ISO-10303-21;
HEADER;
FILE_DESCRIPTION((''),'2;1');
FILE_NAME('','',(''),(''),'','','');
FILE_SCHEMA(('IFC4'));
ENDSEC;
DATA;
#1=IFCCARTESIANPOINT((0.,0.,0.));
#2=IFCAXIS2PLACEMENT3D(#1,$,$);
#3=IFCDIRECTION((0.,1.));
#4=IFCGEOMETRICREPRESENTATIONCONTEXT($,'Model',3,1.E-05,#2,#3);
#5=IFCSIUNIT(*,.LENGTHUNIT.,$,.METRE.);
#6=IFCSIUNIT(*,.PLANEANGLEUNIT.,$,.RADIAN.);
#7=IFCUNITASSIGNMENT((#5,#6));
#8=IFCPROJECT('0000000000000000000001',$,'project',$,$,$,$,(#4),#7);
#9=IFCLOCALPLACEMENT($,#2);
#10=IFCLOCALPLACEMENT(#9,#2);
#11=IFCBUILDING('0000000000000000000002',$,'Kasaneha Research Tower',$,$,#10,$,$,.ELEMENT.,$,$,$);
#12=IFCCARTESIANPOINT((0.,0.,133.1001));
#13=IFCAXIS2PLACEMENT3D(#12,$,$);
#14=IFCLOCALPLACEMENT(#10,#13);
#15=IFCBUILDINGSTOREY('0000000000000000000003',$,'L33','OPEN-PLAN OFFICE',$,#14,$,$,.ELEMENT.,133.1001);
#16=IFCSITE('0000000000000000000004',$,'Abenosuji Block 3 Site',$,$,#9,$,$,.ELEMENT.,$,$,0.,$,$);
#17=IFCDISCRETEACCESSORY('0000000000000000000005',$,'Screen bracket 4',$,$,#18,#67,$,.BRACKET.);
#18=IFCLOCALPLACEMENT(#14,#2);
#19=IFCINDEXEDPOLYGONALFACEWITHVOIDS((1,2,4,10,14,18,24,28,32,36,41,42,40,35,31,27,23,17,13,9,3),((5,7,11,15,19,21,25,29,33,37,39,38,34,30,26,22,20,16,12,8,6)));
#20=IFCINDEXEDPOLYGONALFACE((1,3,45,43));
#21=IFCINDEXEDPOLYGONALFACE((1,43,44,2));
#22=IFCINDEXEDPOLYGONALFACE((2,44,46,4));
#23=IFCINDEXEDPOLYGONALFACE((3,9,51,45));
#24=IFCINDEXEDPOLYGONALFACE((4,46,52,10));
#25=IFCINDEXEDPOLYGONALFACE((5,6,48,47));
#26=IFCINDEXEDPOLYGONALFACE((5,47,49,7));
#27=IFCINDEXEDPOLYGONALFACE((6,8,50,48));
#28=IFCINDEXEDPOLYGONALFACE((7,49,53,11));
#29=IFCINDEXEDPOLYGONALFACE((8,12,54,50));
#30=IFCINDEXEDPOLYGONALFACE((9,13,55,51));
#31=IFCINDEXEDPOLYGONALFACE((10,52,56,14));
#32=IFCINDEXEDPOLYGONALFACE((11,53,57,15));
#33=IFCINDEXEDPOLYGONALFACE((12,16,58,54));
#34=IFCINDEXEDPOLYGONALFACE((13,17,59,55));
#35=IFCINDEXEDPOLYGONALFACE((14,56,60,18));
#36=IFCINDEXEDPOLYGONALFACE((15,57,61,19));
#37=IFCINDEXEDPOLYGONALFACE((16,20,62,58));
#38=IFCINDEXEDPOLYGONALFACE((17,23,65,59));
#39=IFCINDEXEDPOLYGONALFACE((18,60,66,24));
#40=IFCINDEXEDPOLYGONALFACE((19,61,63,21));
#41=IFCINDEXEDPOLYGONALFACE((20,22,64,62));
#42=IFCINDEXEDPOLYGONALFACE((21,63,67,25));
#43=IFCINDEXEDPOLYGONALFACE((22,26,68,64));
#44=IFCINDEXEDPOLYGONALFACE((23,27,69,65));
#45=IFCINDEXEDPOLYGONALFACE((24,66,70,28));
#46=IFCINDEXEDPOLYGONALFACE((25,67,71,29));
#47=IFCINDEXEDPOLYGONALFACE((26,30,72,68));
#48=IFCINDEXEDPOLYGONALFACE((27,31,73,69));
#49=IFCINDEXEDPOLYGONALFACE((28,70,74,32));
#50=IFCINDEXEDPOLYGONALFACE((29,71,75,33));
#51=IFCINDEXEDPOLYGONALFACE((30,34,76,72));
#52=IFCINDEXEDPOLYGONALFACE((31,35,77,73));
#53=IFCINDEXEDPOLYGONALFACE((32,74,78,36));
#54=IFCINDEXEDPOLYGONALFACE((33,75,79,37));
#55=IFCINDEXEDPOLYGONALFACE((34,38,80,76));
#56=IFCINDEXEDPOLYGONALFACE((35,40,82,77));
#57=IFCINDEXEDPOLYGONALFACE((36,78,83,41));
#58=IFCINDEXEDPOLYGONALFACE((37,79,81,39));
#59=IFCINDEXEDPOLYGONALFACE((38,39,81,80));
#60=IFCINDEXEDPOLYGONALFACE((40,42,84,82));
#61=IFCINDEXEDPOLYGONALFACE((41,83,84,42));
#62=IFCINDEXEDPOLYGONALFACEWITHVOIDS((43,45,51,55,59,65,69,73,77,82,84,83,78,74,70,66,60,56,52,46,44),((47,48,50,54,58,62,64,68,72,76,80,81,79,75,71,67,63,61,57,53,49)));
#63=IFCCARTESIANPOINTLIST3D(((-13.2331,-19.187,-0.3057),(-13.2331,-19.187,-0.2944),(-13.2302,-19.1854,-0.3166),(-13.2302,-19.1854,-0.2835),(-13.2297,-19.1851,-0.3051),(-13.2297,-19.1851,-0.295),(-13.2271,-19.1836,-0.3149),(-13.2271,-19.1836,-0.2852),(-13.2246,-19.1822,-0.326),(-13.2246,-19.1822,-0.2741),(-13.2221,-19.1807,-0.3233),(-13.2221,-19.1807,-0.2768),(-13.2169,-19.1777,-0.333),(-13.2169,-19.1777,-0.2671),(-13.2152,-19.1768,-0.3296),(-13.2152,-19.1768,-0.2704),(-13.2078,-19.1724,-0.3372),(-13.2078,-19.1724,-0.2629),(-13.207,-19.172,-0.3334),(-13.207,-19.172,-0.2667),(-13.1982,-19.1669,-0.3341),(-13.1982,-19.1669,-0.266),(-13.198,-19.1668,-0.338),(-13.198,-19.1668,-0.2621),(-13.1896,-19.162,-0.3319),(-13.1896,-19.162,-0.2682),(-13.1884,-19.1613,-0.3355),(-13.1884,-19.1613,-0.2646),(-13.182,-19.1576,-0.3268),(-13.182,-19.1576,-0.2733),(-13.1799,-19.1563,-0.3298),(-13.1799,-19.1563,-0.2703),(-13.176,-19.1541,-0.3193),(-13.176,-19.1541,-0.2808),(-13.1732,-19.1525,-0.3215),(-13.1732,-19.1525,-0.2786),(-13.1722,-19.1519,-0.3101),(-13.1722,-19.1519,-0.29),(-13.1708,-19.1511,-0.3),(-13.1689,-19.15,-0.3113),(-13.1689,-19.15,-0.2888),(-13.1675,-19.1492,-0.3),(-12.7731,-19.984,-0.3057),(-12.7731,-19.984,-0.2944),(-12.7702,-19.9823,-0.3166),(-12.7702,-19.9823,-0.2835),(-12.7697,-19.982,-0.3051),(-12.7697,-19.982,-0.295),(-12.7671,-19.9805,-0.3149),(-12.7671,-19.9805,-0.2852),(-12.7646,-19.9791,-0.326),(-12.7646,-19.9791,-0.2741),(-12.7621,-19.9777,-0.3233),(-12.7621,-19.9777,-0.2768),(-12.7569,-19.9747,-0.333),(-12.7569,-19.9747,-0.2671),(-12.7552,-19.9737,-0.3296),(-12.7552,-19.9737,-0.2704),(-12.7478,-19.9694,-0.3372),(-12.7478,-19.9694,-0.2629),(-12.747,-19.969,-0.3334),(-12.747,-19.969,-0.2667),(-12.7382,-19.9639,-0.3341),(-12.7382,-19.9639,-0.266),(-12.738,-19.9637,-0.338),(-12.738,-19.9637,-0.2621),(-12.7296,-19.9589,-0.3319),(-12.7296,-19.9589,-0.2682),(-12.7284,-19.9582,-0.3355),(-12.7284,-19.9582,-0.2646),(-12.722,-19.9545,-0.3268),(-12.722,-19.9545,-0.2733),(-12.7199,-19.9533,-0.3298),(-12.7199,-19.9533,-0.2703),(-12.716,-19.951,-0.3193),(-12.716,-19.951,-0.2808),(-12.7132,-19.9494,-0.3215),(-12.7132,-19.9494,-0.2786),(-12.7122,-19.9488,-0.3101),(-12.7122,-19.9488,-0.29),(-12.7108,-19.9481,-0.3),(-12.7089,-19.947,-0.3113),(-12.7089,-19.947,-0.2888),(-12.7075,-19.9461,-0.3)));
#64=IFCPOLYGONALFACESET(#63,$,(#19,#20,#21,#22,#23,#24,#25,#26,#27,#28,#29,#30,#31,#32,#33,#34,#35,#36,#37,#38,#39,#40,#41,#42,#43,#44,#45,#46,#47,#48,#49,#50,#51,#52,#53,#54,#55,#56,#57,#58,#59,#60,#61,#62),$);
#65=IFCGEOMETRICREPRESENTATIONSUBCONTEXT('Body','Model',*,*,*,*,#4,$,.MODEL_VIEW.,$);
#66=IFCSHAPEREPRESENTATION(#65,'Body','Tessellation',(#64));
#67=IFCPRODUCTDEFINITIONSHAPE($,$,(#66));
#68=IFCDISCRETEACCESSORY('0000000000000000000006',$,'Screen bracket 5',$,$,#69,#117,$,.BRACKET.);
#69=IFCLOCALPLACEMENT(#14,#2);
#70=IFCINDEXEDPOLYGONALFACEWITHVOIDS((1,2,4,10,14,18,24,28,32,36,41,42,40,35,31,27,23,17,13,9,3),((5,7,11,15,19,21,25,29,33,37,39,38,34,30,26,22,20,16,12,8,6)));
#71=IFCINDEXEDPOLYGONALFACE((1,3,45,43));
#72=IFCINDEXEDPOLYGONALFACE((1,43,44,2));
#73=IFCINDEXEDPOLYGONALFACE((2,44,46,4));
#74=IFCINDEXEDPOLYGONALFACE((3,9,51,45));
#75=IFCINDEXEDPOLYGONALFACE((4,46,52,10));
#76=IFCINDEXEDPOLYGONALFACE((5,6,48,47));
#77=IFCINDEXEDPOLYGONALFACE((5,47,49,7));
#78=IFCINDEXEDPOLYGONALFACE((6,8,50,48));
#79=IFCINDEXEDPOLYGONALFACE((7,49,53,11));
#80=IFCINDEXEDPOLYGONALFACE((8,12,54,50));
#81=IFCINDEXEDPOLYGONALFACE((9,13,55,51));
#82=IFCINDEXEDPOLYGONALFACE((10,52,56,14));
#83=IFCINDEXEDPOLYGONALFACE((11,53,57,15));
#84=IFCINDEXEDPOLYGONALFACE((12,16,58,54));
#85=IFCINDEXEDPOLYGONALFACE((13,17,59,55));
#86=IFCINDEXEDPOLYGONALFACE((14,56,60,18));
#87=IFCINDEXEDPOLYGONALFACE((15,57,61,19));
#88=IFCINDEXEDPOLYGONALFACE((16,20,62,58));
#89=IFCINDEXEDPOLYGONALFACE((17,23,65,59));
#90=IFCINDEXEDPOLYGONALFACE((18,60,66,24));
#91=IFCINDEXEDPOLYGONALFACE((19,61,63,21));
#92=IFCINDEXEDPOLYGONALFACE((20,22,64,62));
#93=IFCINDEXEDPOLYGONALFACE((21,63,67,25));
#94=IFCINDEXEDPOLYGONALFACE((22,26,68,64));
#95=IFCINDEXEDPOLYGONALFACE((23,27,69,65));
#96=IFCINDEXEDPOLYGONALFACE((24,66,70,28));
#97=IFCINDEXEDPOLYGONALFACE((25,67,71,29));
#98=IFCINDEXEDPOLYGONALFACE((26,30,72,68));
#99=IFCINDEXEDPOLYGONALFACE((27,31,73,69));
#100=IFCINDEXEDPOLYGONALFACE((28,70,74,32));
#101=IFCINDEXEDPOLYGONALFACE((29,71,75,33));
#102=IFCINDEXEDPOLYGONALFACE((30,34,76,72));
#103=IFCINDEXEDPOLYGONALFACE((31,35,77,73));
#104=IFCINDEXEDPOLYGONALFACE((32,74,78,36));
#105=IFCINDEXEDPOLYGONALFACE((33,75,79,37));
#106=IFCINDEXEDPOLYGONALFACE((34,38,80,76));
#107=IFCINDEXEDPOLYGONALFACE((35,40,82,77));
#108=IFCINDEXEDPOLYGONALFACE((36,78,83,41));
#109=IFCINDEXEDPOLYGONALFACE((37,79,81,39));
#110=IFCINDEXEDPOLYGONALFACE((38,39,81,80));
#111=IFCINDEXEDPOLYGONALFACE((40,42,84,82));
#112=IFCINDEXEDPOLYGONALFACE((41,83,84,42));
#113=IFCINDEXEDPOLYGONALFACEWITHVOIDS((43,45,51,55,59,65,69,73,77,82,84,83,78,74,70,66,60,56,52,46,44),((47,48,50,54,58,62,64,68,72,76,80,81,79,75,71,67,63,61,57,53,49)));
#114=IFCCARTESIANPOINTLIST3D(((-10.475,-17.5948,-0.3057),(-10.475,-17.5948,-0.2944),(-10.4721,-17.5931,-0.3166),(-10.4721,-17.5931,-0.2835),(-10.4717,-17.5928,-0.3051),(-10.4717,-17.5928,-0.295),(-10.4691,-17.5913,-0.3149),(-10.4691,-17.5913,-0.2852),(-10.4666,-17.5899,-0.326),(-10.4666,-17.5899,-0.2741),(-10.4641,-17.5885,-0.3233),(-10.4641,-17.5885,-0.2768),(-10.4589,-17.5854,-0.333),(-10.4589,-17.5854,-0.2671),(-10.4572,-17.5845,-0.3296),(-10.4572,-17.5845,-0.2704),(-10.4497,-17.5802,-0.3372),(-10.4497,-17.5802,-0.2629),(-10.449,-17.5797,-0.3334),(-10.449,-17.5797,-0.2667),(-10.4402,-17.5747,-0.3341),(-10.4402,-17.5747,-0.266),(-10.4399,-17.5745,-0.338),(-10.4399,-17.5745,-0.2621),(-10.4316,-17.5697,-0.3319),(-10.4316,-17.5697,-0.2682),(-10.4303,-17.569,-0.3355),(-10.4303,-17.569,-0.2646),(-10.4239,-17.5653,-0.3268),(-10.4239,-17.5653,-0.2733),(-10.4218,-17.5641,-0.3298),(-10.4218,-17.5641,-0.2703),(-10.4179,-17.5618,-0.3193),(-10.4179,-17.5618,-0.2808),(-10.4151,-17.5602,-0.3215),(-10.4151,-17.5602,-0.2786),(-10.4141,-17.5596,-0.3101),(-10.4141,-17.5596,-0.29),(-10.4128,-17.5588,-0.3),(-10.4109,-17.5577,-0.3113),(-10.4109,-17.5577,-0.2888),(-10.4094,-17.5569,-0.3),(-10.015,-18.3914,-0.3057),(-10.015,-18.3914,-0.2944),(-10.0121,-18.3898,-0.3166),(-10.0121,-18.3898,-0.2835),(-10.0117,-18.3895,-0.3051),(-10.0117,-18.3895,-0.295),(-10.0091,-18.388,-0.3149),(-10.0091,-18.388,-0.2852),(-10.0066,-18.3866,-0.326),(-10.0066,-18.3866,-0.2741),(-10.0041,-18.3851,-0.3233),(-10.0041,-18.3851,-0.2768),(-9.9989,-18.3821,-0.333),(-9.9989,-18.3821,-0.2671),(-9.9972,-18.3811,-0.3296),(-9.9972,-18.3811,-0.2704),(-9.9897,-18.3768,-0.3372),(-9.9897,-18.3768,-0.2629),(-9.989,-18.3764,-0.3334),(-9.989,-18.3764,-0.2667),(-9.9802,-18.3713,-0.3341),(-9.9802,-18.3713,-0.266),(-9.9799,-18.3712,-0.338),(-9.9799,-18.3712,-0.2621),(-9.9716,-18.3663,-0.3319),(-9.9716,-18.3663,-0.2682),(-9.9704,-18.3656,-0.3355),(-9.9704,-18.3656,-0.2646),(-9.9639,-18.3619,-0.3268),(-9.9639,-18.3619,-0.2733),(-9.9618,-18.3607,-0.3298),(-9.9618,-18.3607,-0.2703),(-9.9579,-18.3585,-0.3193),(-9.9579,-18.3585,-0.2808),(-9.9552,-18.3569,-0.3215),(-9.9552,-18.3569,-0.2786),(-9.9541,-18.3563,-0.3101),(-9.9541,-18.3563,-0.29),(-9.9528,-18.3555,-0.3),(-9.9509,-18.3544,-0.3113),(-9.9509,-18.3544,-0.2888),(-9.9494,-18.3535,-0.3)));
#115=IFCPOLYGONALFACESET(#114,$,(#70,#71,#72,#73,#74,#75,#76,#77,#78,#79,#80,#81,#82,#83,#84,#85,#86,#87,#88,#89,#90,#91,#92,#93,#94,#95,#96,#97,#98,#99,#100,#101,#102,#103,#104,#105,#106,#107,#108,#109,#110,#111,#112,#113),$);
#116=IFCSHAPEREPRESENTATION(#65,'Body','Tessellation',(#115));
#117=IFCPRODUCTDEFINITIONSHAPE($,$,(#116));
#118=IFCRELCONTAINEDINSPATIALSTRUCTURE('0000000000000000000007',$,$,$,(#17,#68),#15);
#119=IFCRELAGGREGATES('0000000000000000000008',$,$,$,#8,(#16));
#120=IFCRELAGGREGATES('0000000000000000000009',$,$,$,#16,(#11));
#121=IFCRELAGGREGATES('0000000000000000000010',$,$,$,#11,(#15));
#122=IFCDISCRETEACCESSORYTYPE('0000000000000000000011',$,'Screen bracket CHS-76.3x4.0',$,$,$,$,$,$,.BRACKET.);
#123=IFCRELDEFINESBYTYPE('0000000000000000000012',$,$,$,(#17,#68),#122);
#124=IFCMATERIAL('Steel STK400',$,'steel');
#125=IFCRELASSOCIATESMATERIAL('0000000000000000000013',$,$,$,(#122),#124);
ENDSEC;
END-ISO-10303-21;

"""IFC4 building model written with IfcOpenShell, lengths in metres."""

from ifc_helpers import new_model, si_unit, direction, frame, origin, origin_2d, place, context, subcontext, project, spatial, hollow_circle, extrude, material, material_profile, profile_set, type_object, element, save


model = new_model("IFC4")

# Units and contexts
model_context = context("Model", 3, precision=1e-05, world=origin(), true_north=direction((0.0, 1.0)))
body_context = subcontext(model_context, "Body", "Model", "MODEL_VIEW")
ifc_project = project(units=[si_unit("LENGTHUNIT", "METRE"), si_unit("PLANEANGLEUNIT", "RADIAN")], contexts=[model_context])

# Site, building, storey
site_placement = place(None, origin())
site = spatial("IfcSite", under=ifc_project, at=site_placement, Name="Abenosuji Block 3 Site", CompositionType="ELEMENT", RefElevation=0.0)
building_placement = place(site_placement, origin())
building = spatial("IfcBuilding", under=site, at=building_placement, Name="Kasaneha Research Tower", CompositionType="ELEMENT")
storey_placement = place(building_placement, frame((0.0, 0.0, 133.1001)))
storey = spatial("IfcBuildingStorey", under=building, at=storey_placement, Name="L33", Description="OPEN-PLAN OFFICE", CompositionType="ELEMENT", Elevation=133.1001)

# Discrete accessories
ifc_material_1 = material(Name="Steel STK400", Category="steel")
ifc_material_profile_1 = material_profile(ifc_material_1, hollow_circle(Radius=0.0381, WallThickness=0.0039, at=origin_2d()), Name="CHS-76.3x4.0")
ifc_profile_set_1 = profile_set([ifc_material_profile_1], Name="Steel STK400")
discrete_accessory_type = type_object("IfcDiscreteAccessoryType", Name="Screen bracket CHS-76.3x4.0", PredefinedType="BRACKET", material=ifc_profile_set_1)
discrete_accessory_1_placement = place(storey_placement, frame((-13.2004, -19.1682, -0.3), z_axis=(0.499906, -0.86608, 0.0), x_axis=(0.86608, 0.499906, 0.0)))
element("IfcDiscreteAccessory", 1, at=discrete_accessory_1_placement, inside=storey, type_object=discrete_accessory_type, Name="Screen bracket 4", PredefinedType="BRACKET", context=body_context, shape_type="SweptSolid", body=[
    extrude(hollow_circle(Radius=0.0381, WallThickness=0.0039, at=origin_2d()), origin(), (0.0, 0.0, 1.0), 0.9202),
])
discrete_accessory_2_placement = place(storey_placement, frame((-10.4424, -17.5759, -0.3), z_axis=(0.500021, -0.866013, 0.0), x_axis=(0.866013, 0.500021, 0.0)))
element("IfcDiscreteAccessory", 2, at=discrete_accessory_2_placement, inside=storey, type_object=discrete_accessory_type, Name="Screen bracket 5", PredefinedType="BRACKET", context=body_context, shape_type="SweptSolid", body=[
    extrude(hollow_circle(Radius=0.0381, WallThickness=0.0039, at=origin_2d()), origin(), (0.0, 0.0, 1.0), 0.9199),
])

save(model, "model.ifc")
